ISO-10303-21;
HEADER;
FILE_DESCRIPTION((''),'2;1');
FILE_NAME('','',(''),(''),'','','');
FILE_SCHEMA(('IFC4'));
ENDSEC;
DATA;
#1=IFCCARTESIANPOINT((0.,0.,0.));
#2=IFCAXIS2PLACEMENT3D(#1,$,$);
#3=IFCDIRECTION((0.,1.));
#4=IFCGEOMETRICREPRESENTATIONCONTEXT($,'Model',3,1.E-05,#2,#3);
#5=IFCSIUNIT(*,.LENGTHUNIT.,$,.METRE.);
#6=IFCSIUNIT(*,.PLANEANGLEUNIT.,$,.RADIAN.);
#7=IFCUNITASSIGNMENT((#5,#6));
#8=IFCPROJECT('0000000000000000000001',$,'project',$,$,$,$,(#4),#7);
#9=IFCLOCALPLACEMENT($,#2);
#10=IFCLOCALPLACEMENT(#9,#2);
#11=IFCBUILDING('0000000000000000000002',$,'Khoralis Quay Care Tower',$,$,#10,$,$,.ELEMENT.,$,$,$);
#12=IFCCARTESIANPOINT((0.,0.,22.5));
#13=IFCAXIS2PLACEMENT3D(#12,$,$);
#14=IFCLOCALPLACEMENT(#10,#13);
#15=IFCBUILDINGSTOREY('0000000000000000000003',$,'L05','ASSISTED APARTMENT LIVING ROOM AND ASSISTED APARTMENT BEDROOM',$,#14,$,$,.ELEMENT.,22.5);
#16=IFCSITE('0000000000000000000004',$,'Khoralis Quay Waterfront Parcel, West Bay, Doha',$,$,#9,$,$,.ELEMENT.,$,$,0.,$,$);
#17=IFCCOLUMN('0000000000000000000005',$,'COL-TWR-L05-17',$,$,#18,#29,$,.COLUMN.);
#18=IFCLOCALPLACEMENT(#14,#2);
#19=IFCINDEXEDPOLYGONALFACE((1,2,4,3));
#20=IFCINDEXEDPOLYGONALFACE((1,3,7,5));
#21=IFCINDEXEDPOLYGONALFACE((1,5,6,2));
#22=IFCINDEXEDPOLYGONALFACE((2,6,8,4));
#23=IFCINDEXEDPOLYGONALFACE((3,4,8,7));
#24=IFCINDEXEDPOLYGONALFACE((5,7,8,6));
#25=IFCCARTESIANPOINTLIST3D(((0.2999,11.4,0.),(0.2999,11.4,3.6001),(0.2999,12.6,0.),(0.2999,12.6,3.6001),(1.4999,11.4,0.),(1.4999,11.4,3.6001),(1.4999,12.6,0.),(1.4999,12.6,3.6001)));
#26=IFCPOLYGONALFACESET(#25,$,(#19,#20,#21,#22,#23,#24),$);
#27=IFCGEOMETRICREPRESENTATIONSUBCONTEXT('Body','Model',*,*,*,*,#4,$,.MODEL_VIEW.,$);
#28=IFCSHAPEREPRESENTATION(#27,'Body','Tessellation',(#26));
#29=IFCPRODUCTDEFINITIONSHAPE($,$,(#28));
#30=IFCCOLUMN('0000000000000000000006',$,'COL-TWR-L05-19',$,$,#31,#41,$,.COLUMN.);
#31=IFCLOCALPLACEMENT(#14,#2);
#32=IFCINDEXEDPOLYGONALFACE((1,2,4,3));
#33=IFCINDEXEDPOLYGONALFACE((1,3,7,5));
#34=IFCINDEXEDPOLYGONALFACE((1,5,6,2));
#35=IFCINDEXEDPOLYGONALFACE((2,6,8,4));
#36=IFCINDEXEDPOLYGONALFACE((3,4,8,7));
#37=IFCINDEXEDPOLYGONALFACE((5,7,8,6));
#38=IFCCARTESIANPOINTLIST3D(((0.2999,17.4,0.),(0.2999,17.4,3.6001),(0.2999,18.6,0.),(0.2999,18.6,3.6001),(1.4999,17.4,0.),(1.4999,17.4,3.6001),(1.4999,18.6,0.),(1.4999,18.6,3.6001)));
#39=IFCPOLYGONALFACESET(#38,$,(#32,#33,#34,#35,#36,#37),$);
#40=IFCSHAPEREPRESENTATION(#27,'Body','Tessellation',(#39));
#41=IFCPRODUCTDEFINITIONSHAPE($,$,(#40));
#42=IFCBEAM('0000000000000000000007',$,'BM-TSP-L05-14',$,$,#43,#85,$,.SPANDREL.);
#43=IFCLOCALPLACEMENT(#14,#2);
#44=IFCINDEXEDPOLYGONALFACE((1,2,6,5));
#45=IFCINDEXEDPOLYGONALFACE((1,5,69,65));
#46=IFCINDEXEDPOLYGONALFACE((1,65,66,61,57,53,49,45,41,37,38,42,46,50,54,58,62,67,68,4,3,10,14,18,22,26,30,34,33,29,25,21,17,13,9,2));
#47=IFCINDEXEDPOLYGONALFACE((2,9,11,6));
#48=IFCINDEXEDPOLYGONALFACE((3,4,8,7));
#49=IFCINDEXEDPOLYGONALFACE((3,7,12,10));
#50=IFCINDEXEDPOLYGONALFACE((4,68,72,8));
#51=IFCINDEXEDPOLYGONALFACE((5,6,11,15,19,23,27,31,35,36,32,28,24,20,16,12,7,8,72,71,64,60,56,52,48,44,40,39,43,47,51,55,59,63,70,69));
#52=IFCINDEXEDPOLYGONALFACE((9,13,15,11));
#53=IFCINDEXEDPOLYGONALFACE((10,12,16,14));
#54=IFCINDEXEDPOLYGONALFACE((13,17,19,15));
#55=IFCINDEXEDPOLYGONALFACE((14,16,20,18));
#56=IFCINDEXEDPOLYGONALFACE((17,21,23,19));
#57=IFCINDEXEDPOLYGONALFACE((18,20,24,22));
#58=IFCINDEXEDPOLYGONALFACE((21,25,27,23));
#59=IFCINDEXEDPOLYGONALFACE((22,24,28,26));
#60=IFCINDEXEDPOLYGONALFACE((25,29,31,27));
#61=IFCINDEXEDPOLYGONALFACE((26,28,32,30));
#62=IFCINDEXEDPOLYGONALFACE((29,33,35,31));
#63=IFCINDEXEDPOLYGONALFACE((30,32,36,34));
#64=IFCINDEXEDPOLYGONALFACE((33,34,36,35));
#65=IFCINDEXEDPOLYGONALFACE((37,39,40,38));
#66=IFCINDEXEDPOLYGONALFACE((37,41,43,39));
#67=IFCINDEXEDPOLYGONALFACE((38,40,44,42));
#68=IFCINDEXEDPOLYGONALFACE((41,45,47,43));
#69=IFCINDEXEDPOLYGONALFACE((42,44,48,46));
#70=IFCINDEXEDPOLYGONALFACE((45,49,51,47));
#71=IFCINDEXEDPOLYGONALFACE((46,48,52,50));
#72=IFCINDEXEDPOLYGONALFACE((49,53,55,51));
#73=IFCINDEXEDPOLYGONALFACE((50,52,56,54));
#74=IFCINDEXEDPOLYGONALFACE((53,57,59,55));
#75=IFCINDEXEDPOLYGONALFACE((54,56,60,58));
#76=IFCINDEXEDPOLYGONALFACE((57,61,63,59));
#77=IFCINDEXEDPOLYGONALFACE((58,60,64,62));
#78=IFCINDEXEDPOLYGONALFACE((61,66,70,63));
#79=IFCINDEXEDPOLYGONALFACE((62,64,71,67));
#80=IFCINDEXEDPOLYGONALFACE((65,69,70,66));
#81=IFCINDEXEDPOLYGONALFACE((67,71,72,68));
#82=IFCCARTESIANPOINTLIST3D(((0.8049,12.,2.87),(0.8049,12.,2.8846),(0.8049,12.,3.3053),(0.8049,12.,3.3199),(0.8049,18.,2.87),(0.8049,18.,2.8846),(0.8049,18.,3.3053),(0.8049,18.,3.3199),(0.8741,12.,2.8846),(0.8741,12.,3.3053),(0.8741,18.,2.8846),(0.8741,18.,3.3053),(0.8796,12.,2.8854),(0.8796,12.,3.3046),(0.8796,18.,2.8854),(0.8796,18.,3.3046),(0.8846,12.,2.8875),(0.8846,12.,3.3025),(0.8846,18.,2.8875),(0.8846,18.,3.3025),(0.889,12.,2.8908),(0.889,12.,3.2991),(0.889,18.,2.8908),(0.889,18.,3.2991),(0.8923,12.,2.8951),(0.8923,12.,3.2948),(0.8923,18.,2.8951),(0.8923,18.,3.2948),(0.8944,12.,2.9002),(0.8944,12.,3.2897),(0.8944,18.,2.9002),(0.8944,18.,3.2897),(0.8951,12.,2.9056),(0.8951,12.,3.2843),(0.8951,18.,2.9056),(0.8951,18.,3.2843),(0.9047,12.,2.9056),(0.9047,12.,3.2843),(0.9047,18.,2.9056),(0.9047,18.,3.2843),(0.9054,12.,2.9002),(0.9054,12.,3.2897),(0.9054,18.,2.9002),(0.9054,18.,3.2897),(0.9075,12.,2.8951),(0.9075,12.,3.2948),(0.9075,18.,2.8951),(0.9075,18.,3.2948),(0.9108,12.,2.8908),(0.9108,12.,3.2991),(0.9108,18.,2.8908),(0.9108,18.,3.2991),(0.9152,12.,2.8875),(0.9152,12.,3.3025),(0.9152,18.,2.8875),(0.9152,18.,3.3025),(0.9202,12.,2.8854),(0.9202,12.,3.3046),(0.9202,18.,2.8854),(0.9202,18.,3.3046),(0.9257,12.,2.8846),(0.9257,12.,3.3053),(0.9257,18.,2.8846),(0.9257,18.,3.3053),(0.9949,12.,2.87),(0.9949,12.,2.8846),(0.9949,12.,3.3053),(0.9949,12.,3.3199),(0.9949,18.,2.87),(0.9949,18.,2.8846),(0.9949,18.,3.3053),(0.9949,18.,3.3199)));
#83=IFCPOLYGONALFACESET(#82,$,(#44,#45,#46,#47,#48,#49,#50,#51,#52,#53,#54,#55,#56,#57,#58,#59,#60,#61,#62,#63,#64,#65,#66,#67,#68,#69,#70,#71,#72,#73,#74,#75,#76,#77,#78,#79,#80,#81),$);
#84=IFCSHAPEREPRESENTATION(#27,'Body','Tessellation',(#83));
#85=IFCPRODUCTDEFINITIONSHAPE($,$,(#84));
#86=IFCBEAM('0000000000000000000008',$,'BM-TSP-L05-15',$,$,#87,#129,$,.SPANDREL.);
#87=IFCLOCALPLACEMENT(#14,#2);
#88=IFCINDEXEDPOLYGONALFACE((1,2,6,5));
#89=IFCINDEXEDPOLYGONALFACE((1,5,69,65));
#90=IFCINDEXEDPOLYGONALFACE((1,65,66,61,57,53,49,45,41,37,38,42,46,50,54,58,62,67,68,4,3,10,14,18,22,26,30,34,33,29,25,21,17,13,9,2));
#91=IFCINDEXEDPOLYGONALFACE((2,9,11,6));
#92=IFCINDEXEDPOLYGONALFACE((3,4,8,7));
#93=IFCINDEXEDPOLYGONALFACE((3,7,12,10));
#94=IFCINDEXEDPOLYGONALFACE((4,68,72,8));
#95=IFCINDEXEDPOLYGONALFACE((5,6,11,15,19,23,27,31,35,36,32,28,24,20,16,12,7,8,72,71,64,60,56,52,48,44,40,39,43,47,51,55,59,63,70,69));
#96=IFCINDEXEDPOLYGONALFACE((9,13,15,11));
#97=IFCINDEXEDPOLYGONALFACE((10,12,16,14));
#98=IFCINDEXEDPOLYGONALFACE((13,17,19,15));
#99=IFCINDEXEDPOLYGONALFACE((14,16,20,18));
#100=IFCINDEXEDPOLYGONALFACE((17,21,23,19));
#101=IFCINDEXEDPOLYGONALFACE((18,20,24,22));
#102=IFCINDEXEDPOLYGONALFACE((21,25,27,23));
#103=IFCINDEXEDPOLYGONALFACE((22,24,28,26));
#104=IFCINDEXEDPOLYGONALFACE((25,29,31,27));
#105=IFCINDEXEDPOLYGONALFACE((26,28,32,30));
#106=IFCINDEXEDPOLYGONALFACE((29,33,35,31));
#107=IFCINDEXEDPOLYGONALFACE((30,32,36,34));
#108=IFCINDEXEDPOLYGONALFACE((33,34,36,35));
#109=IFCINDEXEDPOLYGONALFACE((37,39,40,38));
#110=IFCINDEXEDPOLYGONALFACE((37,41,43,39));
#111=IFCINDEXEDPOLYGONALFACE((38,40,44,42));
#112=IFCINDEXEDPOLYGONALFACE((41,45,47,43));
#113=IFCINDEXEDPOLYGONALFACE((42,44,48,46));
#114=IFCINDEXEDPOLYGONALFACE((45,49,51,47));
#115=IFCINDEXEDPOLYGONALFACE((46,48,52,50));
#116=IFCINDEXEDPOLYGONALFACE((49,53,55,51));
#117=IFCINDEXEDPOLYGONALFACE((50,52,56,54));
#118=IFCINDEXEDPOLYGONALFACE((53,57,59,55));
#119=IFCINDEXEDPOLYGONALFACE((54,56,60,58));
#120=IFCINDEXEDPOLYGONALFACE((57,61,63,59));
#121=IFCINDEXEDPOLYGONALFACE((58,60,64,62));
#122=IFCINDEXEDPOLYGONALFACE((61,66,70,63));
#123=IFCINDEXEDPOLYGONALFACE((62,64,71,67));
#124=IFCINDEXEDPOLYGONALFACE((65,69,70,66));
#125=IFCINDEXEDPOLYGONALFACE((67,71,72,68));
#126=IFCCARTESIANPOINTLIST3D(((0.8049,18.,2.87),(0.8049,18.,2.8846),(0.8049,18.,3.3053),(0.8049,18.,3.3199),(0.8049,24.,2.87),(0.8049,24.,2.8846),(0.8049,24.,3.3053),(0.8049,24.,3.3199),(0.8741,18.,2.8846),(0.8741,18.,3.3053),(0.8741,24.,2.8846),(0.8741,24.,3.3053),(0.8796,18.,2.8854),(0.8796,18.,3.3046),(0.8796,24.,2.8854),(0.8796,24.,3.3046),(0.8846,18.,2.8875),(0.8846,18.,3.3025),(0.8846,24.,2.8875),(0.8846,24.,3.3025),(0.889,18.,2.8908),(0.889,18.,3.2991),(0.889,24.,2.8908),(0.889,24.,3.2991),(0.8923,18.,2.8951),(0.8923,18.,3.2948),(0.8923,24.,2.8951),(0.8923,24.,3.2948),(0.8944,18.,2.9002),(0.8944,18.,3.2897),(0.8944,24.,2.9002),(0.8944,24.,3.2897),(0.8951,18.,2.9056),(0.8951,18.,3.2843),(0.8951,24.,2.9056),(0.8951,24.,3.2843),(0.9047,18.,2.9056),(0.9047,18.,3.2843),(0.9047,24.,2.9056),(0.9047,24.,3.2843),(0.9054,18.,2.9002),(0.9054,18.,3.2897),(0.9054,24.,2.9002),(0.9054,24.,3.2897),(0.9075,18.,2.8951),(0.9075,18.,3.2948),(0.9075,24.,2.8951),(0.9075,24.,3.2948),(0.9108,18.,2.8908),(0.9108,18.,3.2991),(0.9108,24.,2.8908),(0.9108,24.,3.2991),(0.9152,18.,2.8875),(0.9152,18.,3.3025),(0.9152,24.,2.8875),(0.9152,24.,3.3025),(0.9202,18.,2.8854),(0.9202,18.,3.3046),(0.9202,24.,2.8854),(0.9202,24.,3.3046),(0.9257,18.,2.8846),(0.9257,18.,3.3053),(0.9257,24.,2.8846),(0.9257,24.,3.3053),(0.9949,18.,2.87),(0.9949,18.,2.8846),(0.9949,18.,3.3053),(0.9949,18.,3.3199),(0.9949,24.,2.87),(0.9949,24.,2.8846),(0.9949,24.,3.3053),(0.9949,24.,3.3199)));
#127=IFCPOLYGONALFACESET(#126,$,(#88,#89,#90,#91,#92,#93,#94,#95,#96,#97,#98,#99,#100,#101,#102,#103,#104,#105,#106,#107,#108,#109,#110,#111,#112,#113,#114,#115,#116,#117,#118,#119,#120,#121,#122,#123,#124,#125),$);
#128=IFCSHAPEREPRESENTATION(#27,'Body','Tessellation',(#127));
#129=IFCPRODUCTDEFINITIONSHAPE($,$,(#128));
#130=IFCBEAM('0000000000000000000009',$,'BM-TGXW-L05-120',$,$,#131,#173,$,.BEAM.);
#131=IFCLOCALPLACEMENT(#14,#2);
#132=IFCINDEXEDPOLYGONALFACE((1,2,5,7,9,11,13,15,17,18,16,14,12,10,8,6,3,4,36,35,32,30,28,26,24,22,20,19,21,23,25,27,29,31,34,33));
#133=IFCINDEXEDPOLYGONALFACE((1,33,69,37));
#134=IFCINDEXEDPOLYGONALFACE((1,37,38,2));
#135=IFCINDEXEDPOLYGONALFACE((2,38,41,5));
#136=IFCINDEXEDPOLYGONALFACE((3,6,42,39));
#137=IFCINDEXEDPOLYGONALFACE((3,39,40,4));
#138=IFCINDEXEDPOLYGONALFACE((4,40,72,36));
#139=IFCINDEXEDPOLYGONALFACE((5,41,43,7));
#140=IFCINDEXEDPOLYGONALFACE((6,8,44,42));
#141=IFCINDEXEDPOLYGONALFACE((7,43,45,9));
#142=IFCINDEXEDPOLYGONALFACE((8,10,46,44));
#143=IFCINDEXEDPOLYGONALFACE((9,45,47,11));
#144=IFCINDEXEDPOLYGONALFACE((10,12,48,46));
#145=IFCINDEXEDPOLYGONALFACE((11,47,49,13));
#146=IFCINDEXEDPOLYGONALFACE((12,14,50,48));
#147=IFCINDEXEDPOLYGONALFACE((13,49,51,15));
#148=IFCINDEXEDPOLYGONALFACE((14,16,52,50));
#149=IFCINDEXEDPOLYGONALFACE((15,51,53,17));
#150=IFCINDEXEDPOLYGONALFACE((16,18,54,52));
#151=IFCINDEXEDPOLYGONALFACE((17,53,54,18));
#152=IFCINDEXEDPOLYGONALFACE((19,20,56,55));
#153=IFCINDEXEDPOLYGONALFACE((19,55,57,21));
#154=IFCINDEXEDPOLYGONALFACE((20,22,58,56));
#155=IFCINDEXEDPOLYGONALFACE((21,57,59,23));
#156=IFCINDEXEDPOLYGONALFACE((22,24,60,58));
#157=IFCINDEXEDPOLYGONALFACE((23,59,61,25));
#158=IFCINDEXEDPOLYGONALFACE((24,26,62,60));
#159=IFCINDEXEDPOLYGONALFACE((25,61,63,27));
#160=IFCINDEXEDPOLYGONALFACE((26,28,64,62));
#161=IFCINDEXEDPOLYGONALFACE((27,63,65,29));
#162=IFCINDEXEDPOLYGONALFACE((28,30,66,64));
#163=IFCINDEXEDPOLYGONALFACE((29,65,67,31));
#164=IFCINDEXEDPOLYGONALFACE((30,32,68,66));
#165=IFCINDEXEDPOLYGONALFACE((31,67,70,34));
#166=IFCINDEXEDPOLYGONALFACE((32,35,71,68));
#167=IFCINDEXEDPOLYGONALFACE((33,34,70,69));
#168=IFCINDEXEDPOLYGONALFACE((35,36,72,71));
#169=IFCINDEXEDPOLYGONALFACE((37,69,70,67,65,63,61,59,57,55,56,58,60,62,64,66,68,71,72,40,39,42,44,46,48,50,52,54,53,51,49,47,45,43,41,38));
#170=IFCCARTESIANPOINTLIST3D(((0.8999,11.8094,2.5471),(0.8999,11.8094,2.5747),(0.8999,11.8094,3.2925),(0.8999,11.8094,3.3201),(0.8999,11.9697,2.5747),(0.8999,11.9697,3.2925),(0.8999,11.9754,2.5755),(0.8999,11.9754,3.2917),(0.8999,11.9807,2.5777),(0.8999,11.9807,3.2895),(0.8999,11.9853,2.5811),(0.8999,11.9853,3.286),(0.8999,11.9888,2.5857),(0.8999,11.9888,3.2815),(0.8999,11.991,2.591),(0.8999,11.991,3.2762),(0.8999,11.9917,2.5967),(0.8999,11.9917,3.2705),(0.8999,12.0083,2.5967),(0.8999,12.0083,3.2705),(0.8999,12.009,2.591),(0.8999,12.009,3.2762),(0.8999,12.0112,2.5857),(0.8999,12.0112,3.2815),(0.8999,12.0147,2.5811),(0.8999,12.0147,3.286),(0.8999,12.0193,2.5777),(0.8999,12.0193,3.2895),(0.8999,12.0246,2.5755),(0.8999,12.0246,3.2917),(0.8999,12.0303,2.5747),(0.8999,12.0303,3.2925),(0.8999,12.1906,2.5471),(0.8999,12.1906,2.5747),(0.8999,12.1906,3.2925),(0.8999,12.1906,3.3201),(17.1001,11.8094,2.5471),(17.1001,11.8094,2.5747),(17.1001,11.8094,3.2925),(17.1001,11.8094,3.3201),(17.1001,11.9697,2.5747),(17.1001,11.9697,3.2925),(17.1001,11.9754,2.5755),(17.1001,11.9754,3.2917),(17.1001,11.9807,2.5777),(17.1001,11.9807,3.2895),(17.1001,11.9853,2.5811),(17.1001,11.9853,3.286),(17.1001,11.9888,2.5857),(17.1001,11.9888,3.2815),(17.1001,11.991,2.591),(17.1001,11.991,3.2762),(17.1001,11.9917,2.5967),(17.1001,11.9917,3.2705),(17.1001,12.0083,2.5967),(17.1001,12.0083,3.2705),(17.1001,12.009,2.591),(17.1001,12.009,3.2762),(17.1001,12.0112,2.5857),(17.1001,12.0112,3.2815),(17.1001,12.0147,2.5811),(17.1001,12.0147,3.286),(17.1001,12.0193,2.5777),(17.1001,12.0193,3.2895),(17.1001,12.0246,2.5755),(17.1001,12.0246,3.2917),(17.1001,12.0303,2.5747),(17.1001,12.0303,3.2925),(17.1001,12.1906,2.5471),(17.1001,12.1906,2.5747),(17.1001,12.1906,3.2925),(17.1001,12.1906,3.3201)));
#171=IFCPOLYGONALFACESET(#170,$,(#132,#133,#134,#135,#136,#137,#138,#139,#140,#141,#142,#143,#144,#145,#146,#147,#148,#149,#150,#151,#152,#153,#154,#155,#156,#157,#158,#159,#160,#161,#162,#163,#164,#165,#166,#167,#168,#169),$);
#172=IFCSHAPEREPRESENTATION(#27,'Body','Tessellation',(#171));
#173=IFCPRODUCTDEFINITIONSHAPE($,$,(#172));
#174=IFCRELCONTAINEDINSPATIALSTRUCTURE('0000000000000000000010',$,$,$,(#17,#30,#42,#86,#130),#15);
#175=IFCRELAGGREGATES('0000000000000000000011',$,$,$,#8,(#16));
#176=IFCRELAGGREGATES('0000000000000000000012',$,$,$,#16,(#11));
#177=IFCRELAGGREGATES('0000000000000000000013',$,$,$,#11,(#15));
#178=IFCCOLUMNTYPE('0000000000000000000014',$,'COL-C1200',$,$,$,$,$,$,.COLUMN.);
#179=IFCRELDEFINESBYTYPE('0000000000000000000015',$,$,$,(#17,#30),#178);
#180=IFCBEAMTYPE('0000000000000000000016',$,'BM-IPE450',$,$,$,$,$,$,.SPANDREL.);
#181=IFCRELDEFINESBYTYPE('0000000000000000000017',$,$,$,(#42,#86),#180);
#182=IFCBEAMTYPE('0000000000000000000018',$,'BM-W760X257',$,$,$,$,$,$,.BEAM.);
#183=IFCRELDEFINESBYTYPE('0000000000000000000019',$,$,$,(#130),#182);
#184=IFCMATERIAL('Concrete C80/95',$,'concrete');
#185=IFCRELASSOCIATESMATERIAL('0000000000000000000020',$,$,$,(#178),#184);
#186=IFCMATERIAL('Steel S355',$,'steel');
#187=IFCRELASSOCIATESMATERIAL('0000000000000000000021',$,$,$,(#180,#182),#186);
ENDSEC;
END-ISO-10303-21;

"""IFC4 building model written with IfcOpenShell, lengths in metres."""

from ifc_helpers import new_model, si_unit, direction, frame, origin, origin_2d, place, context, subcontext, project, spatial, rectangle, i_section, extrude, source, transform, mapped, material, material_profile, profile_set, type_object, element, save


model = new_model("IFC4")

# Units and contexts
model_context = context("Model", 3, precision=1e-05, world=origin(), true_north=direction((0.0, 1.0)))
body_context = subcontext(model_context, "Body", "Model", "MODEL_VIEW")
ifc_project = project(units=[si_unit("LENGTHUNIT", "METRE"), si_unit("PLANEANGLEUNIT", "RADIAN")], contexts=[model_context])

# Site, building, storey
site_placement = place(None, origin())
site = spatial("IfcSite", under=ifc_project, at=site_placement, Name="Khoralis Quay Waterfront Parcel, West Bay, Doha", CompositionType="ELEMENT", RefElevation=0.0)
building_placement = place(site_placement, origin())
building = spatial("IfcBuilding", under=site, at=building_placement, Name="Khoralis Quay Care Tower", CompositionType="ELEMENT")
storey_placement = place(building_placement, frame((0.0, 0.0, 22.5)))
storey = spatial("IfcBuildingStorey", under=building, at=storey_placement, Name="L05", Description="ASSISTED APARTMENT LIVING ROOM AND ASSISTED APARTMENT BEDROOM", CompositionType="ELEMENT", Elevation=22.5)

# Columns
ifc_material_1 = material(Name="Concrete C80/95", Category="concrete")
ifc_material_profile_1 = material_profile(ifc_material_1, rectangle(XDim=1.2, YDim=1.2, at=origin_2d()), Name="Concrete C80/95")
ifc_profile_set_1 = profile_set([ifc_material_profile_1], Name="Concrete C80/95")
column_type = type_object("IfcColumnType", Name="COL-C1200", PredefinedType="COLUMN", material=ifc_profile_set_1)
shared_shape_1 = source(origin(), body_context, "Body", "SweptSolid", [
    extrude(rectangle(XDim=1.2, YDim=1.2, at=origin_2d()), origin(), (0.0, 0.0, 1.0), 3.6001),
])
for number, where, z_axis, x_axis, name in (
    (1, (0.8999, 12.0, 0.0), (0.0, 0.0, 1.0), (1.0, 0.0, 0.0), "COL-TWR-L05-17"),
    (2, (0.8999, 18.0, 0.0), (0.0, 0.0, 1.0), (1.0, 0.0, 0.0), "COL-TWR-L05-19"),
):
    element("IfcColumn", number, at=place(storey_placement, frame(where, z_axis=z_axis, x_axis=x_axis)), inside=storey, type_object=column_type, Name=name, PredefinedType="COLUMN", context=body_context, shape_type="MappedRepresentation", body=[
        mapped(shared_shape_1, transform((0.0, 0.0, 0.0), scale=1.0)),
    ])

# Beams
ifc_material_2 = material(Name="Steel S355", Category="steel")
ifc_material_profile_2 = material_profile(ifc_material_2, i_section(OverallWidth=0.1899, OverallDepth=0.45, WebThickness=0.0095, FlangeThickness=0.0146, FilletRadius=0.021, at=origin_2d()), Name="Steel S355")
ifc_profile_set_2 = profile_set([ifc_material_profile_2], Name="Steel S355")
beam_type_1 = type_object("IfcBeamType", Name="BM-IPE450", PredefinedType="SPANDREL", material=ifc_profile_set_2)
shared_shape_2 = source(origin(), body_context, "Body", "SweptSolid", [
    extrude(i_section(OverallWidth=0.1899, OverallDepth=0.45, WebThickness=0.0095, FlangeThickness=0.0146, FilletRadius=0.021, at=origin_2d()), origin(), (0.0, 0.0, 1.0), 6.0),
])
for number, where, z_axis, x_axis, name in (
    (3, (0.8999, 12.0, 3.095), (0.0, 1.0, 0.0), (-1.0, 0.0, 0.0), "BM-TSP-L05-14"),
    (4, (0.8999, 18.0, 3.095), (0.0, 1.0, 0.0), (-1.0, 0.0, 0.0), "BM-TSP-L05-15"),
):
    element("IfcBeam", number, at=place(storey_placement, frame(where, z_axis=z_axis, x_axis=x_axis)), inside=storey, type_object=beam_type_1, Name=name, PredefinedType="SPANDREL", context=body_context, shape_type="MappedRepresentation", body=[
        mapped(shared_shape_2, transform((0.0, 0.0, 0.0), scale=1.0)),
    ])
ifc_material_profile_3 = material_profile(ifc_material_2, i_section(OverallWidth=0.3811, OverallDepth=0.7729, WebThickness=0.0166, FlangeThickness=0.0276, FilletRadius=0.022, at=origin_2d()), Name="Steel S355")
ifc_profile_set_3 = profile_set([ifc_material_profile_3], Name="Steel S355")
beam_type_2 = type_object("IfcBeamType", Name="BM-W760X257", PredefinedType="BEAM", material=ifc_profile_set_3)
shared_shape_3 = source(origin(), body_context, "Body", "SweptSolid", [
    extrude(i_section(OverallWidth=0.3811, OverallDepth=0.7729, WebThickness=0.0166, FlangeThickness=0.0276, FilletRadius=0.022, at=origin_2d()), origin(), (0.0, 0.0, 1.0), 16.2002),
])
beam_1_placement = place(storey_placement, frame((0.8999, 12.0, 2.9336), z_axis=(1.0, 0.0, 0.0), x_axis=(0.0, 1.0, 0.0)))
element("IfcBeam", 5, at=beam_1_placement, inside=storey, type_object=beam_type_2, Name="BM-TGXW-L05-120", PredefinedType="BEAM", context=body_context, shape_type="MappedRepresentation", body=[
    mapped(shared_shape_3, transform((0.0, 0.0, 0.0), scale=1.0)),
])

save(model, "model.ifc")
